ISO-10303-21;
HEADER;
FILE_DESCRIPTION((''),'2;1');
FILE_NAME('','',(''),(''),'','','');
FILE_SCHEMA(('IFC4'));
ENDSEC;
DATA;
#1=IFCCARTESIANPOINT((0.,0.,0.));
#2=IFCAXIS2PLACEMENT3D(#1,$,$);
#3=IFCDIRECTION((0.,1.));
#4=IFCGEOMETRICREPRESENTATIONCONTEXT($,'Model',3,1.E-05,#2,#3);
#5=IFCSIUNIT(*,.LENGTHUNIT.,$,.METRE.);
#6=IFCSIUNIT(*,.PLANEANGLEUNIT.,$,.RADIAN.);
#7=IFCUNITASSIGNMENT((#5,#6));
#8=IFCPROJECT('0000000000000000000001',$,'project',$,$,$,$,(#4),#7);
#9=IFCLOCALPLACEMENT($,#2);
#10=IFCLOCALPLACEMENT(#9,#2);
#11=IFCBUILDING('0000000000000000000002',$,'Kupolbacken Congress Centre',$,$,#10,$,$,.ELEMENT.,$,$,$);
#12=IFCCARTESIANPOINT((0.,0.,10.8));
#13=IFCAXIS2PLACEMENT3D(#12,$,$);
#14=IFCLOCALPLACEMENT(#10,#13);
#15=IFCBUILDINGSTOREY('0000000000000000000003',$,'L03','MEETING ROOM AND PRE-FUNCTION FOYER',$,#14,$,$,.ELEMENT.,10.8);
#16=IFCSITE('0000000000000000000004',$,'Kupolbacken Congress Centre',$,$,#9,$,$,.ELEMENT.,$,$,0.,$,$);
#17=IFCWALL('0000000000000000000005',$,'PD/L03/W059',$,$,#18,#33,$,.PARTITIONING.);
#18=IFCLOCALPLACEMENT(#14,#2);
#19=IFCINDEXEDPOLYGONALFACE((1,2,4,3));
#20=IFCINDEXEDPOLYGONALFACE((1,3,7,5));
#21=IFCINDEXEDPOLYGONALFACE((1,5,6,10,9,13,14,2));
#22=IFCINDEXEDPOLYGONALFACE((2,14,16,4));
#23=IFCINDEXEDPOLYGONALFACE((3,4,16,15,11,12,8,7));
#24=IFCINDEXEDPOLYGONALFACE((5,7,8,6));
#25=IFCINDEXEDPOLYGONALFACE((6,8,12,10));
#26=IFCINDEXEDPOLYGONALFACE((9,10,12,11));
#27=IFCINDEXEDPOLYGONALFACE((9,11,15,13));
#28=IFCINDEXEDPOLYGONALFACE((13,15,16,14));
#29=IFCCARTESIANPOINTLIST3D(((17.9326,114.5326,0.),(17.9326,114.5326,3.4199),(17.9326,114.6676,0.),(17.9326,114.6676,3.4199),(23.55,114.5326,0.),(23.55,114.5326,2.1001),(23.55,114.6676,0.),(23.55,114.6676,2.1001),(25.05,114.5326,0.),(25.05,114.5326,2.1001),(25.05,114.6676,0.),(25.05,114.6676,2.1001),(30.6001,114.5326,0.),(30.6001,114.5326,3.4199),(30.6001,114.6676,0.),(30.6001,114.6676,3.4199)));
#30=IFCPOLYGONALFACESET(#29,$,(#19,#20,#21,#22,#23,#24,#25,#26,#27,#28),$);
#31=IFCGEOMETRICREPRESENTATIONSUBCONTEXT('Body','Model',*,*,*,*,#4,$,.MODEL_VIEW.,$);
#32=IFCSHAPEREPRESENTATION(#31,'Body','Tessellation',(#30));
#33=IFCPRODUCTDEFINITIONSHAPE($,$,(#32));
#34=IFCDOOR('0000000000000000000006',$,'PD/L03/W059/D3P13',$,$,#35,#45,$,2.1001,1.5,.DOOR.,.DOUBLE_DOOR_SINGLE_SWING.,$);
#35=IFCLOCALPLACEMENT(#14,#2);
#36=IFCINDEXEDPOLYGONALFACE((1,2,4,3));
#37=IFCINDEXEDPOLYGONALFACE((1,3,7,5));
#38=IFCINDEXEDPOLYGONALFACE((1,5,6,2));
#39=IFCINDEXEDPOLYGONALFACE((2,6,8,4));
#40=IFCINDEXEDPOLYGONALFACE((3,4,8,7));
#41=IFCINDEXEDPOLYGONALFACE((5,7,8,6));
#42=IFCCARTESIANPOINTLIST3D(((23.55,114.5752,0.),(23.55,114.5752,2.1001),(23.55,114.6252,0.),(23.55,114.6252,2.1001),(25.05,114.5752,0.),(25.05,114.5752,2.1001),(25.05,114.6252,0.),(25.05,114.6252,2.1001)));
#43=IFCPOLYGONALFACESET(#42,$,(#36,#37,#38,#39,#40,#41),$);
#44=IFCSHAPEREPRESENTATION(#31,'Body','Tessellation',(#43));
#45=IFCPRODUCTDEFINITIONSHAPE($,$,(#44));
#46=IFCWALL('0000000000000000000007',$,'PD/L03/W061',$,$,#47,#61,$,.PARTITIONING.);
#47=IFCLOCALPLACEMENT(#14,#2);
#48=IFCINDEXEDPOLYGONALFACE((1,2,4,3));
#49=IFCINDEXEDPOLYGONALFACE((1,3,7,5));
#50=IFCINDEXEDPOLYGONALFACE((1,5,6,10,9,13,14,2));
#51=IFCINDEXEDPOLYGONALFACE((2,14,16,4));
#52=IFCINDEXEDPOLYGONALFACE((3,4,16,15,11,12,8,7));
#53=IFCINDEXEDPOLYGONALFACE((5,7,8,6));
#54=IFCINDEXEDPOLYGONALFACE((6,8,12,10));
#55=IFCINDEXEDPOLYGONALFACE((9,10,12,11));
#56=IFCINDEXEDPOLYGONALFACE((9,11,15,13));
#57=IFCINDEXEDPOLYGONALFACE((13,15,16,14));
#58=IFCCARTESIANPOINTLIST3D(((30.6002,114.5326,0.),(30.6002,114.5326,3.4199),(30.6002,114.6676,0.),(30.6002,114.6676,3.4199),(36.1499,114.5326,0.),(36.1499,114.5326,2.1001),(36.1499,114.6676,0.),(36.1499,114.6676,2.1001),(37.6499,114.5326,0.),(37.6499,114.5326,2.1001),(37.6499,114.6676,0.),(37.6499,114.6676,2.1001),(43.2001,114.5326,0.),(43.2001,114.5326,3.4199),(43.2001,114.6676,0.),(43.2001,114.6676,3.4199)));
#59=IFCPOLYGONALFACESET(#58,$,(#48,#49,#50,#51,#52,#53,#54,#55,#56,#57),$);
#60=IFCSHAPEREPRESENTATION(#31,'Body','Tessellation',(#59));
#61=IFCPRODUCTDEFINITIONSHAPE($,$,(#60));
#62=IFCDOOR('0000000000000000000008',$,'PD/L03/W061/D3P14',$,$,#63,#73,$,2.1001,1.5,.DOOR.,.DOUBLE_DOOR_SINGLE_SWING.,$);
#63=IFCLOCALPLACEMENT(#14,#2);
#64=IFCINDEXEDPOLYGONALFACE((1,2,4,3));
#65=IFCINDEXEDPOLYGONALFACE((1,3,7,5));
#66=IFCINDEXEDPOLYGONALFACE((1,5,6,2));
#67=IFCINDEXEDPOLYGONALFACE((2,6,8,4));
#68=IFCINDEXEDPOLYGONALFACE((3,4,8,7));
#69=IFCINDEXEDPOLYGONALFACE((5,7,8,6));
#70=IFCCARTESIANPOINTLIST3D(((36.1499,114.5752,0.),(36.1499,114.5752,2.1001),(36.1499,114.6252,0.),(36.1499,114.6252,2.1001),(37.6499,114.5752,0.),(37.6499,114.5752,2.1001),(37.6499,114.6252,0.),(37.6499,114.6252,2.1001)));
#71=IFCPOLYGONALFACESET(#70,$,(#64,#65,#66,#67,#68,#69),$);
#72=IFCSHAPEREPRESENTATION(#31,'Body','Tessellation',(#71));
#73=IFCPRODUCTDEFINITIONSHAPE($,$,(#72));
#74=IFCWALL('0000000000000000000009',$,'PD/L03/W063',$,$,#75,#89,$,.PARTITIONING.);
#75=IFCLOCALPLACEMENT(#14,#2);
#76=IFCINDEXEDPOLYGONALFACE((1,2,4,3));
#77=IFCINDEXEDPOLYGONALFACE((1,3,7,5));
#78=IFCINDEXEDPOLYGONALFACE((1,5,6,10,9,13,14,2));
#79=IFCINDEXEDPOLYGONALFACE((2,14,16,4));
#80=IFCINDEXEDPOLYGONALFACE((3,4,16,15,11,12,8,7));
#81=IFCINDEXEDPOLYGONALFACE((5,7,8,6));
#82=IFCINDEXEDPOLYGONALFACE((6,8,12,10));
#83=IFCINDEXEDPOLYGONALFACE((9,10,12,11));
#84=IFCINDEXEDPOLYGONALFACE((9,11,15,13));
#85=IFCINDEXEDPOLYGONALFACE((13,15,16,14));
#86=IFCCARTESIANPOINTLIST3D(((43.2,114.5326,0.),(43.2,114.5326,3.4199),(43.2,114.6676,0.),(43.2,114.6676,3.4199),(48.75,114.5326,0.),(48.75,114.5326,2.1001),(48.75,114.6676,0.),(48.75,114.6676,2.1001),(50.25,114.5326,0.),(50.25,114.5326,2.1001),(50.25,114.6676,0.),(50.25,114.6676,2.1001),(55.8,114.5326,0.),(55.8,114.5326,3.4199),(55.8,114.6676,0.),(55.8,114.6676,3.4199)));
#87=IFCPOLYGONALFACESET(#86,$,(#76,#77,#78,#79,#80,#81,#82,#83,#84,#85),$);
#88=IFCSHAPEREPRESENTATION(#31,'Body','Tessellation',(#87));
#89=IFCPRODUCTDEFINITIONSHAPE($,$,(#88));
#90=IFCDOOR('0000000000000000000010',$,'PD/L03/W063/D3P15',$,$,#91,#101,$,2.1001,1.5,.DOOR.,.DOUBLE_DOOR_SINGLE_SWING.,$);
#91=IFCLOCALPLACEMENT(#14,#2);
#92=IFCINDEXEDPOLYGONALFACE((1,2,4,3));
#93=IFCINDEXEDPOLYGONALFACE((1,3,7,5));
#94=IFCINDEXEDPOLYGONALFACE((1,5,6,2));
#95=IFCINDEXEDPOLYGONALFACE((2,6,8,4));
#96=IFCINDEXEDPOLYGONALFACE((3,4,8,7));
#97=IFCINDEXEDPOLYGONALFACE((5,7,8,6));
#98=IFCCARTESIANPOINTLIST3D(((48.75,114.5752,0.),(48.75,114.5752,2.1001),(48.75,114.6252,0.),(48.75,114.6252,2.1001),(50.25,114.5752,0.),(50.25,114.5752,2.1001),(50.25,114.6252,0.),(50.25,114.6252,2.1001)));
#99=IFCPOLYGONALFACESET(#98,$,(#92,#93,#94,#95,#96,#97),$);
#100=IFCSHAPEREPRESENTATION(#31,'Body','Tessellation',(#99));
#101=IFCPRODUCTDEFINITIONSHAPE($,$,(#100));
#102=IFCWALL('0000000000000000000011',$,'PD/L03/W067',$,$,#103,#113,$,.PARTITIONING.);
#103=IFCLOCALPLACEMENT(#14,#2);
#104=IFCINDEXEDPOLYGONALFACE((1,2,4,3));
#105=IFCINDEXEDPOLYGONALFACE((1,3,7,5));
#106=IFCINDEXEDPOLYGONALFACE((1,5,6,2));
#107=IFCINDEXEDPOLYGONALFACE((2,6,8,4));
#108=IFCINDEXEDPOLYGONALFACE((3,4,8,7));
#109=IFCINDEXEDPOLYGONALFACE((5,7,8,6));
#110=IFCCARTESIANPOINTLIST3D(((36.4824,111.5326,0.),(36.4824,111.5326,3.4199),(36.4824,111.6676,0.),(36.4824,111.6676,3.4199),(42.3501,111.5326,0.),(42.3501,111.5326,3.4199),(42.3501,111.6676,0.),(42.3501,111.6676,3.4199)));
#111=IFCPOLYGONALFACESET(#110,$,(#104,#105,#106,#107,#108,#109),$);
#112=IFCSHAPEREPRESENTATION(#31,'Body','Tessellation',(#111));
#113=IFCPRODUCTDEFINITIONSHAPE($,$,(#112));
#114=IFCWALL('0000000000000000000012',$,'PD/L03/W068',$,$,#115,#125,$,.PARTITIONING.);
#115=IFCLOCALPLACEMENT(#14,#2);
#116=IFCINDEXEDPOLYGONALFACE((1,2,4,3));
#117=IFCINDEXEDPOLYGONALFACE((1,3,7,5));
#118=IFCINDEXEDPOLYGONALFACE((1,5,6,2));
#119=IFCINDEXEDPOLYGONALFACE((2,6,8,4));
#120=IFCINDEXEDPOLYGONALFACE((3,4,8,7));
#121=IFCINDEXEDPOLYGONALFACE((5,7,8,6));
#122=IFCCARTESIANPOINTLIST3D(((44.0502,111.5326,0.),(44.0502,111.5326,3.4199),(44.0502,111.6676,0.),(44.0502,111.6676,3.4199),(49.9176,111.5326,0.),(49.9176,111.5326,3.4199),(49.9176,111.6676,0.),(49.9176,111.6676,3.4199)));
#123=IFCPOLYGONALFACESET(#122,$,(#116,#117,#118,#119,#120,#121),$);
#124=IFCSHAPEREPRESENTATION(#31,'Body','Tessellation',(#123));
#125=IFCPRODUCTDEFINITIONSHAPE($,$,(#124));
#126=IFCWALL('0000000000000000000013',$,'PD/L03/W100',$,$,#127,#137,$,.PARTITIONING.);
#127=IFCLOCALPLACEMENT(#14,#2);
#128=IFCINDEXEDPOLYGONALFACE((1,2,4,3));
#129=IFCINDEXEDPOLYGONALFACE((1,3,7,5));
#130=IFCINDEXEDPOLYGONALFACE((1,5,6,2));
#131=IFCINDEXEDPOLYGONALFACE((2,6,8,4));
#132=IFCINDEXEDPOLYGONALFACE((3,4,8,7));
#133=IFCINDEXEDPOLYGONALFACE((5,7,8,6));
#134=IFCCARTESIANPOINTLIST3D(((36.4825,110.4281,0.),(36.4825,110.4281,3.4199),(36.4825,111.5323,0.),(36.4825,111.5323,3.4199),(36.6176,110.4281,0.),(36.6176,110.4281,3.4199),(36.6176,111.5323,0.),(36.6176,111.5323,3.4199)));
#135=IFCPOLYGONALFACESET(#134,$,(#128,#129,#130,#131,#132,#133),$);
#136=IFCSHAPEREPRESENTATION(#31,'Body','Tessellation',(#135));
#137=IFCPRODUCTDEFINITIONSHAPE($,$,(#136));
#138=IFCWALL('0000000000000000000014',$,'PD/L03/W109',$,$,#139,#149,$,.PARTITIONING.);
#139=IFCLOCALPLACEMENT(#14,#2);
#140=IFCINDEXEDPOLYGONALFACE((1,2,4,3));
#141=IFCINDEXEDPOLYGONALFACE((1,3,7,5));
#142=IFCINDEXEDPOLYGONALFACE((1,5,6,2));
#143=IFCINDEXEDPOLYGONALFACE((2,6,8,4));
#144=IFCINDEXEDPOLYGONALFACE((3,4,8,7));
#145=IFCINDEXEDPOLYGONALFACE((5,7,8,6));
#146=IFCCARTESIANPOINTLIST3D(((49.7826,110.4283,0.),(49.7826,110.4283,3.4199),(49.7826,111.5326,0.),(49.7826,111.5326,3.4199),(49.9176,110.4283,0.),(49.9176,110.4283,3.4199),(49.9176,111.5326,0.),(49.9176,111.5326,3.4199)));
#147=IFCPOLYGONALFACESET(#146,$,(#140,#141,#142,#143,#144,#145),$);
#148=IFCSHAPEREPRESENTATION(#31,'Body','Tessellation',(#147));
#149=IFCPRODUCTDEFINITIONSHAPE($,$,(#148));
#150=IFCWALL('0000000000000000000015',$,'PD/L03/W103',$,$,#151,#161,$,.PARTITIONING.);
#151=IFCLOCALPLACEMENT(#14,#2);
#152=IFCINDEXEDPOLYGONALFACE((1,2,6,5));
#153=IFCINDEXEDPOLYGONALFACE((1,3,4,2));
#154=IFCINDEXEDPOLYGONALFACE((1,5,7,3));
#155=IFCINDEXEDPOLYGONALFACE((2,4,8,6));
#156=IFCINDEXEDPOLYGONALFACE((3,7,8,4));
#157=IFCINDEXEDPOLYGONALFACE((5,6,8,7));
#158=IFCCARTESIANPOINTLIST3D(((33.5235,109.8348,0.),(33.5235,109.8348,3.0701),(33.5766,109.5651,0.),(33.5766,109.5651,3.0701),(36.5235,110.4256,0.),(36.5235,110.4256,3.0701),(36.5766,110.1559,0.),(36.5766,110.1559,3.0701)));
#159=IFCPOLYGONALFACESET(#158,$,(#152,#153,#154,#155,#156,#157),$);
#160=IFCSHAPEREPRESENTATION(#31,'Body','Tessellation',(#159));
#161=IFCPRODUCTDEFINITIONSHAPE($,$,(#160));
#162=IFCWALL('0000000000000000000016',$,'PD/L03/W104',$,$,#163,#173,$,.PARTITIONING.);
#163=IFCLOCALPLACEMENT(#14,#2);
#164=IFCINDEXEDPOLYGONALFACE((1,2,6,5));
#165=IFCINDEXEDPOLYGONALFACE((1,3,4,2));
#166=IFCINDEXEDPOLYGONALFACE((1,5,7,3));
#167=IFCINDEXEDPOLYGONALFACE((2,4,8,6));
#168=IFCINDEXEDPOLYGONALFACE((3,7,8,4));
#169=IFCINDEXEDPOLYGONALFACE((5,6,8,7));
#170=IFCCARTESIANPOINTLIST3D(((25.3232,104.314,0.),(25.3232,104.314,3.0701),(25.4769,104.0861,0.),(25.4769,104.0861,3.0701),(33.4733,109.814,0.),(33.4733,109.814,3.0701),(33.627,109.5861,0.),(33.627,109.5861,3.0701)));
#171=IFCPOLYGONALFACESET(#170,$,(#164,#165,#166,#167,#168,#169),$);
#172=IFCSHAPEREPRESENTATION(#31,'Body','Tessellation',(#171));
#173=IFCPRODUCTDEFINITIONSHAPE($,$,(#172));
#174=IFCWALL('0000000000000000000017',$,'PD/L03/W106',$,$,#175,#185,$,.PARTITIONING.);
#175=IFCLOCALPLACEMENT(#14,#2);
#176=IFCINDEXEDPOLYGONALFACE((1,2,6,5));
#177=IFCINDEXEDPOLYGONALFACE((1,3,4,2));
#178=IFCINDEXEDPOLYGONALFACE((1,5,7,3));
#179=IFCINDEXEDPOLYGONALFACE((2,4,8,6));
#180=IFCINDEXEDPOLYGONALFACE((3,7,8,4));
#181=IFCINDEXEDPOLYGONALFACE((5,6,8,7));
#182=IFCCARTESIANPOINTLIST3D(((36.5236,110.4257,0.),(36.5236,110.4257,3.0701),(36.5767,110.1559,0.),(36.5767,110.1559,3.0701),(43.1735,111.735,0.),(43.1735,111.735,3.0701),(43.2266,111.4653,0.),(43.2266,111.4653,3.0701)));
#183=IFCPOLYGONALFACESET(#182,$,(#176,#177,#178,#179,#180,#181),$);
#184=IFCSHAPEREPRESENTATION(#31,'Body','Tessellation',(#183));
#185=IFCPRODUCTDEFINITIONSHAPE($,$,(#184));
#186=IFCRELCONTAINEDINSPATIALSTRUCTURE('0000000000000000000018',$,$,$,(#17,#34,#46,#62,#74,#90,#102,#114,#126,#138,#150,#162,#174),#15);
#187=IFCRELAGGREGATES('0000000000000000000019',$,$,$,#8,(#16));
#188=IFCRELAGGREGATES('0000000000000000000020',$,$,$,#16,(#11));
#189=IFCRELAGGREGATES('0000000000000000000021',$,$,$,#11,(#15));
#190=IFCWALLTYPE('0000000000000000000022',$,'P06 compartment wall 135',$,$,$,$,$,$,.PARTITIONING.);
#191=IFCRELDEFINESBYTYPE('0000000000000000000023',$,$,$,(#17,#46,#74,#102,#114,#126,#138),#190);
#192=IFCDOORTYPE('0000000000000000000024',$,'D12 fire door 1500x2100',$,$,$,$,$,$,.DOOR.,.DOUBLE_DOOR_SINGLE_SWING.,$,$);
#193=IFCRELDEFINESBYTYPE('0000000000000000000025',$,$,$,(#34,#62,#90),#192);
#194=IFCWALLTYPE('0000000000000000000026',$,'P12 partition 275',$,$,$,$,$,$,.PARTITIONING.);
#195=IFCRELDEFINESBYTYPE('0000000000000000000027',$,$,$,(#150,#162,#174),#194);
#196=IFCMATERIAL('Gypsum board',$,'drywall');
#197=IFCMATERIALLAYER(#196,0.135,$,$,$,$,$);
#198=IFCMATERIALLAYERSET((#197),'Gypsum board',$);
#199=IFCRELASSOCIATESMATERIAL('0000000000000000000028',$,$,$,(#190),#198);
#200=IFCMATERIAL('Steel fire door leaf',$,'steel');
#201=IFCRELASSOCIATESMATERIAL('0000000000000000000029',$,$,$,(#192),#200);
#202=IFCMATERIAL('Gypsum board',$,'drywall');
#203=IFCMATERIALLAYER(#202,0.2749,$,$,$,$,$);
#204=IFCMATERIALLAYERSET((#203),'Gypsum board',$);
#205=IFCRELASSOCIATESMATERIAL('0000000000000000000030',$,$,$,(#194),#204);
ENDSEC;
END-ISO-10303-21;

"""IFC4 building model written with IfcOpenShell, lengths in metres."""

from ifc_helpers import new_model, si_unit, direction, frame, frame_2d, origin, place, context, subcontext, project, spatial, rectangle, extrude, material, layer, layer_set, type_object, element, fill, save


model = new_model("IFC4")

# Units and contexts
model_context = context("Model", 3, precision=1e-05, world=origin(), true_north=direction((0.0, 1.0)))
body_context = subcontext(model_context, "Body", "Model", "MODEL_VIEW")
ifc_project = project(units=[si_unit("LENGTHUNIT", "METRE"), si_unit("PLANEANGLEUNIT", "RADIAN")], contexts=[model_context])

# Site, building, storey
site_placement = place(None, origin())
site = spatial("IfcSite", under=ifc_project, at=site_placement, Name="Kupolbacken Congress Centre", CompositionType="ELEMENT", RefElevation=0.0)
building_placement = place(site_placement, origin())
building = spatial("IfcBuilding", under=site, at=building_placement, Name="Kupolbacken Congress Centre", CompositionType="ELEMENT")
storey_placement = place(building_placement, frame((0.0, 0.0, 10.8)))
storey = spatial("IfcBuildingStorey", under=building, at=storey_placement, Name="L03", Description="MEETING ROOM AND PRE-FUNCTION FOYER", CompositionType="ELEMENT", Elevation=10.8)

# Walls, openings, doors
ifc_material_1 = material(Name="Gypsum board", Category="drywall")
ifc_layer_1 = layer(ifc_material_1, 0.135)
ifc_layer_set_1 = layer_set([ifc_layer_1], Name="Gypsum board")
wall_type_1 = type_object("IfcWallType", Name="P06 compartment wall 135", PredefinedType="PARTITIONING", material=ifc_layer_set_1)
wall_1_placement = place(storey_placement, frame((30.6001, 114.6001, 0.0), z_axis=(0.0, 0.0, 1.0), x_axis=(-1.0, 0.0, 0.0)))
wall_1 = element("IfcWall", 1, at=wall_1_placement, inside=storey, type_object=wall_type_1, Name="PD/L03/W059", PredefinedType="PARTITIONING", context=body_context, shape_type="SweptSolid", body=[
    extrude(rectangle(XDim=12.6675, YDim=0.135, at=frame_2d((6.3337, 0.0))), origin(), (0.0, 0.0, 1.0), 3.4199),
])
opening_1_placement = place(wall_1_placement, frame((5.55, 0.0, 0.0)))
opening_1 = element("IfcOpeningElement", 2, at=opening_1_placement, cuts=wall_1, PredefinedType="OPENING", context=body_context, shape_type="SweptSolid", body=[
    extrude(rectangle(XDim=1.5, YDim=2.1001, at=frame_2d((0.75, 1.05))), frame((0.0, 0.0774, 0.0), z_axis=(0.0, -1.0, 0.0), x_axis=(1.0, 0.0, 0.0)), (0.0, 0.0, 1.0), 0.155),
])
ifc_material_2 = material(Name="Steel fire door leaf", Category="steel")
door_type = type_object("IfcDoorType", Name="D12 fire door 1500x2100", OperationType="DOUBLE_DOOR_SINGLE_SWING", PredefinedType="DOOR", material=ifc_material_2)
door_1_placement = place(opening_1_placement, origin())
door_1 = element("IfcDoor", 3, at=door_1_placement, inside=storey, type_object=door_type, Name="PD/L03/W059/D3P13", OperationType="DOUBLE_DOOR_SINGLE_SWING", OverallHeight=2.1001, OverallWidth=1.5, PredefinedType="DOOR", context=body_context, shape_type="SweptSolid", body=[
    extrude(rectangle(XDim=1.5, YDim=2.1001, at=frame_2d((0.75, 1.05))), frame((0.0, 0.0249, 0.0), z_axis=(0.0, -1.0, 0.0), x_axis=(1.0, 0.0, 0.0)), (0.0, 0.0, 1.0), 0.05),
])
fill(opening_1, door_1)
wall_2_placement = place(storey_placement, frame((43.2, 114.6001, 0.0), z_axis=(0.0, 0.0, 1.0), x_axis=(-1.0, 0.0, 0.0)))
wall_2 = element("IfcWall", 4, at=wall_2_placement, inside=storey, type_object=wall_type_1, Name="PD/L03/W061", PredefinedType="PARTITIONING", context=body_context, shape_type="SweptSolid", body=[
    extrude(rectangle(XDim=12.5999, YDim=0.135, at=frame_2d((6.2998, 0.0))), origin(), (0.0, 0.0, 1.0), 3.4199),
])
opening_2_placement = place(wall_2_placement, frame((5.55, 0.0, 0.0)))
opening_2 = element("IfcOpeningElement", 5, at=opening_2_placement, cuts=wall_2, PredefinedType="OPENING", context=body_context, shape_type="SweptSolid", body=[
    extrude(rectangle(XDim=1.5, YDim=2.1001, at=frame_2d((0.75, 1.05))), frame((0.0, 0.0774, 0.0), z_axis=(0.0, -1.0, 0.0), x_axis=(1.0, 0.0, 0.0)), (0.0, 0.0, 1.0), 0.155),
])
door_2_placement = place(opening_2_placement, origin())
door_2 = element("IfcDoor", 6, at=door_2_placement, inside=storey, type_object=door_type, Name="PD/L03/W061/D3P14", OperationType="DOUBLE_DOOR_SINGLE_SWING", OverallHeight=2.1001, OverallWidth=1.5, PredefinedType="DOOR", context=body_context, shape_type="SweptSolid", body=[
    extrude(rectangle(XDim=1.5, YDim=2.1001, at=frame_2d((0.75, 1.05))), frame((0.0, 0.0249, 0.0), z_axis=(0.0, -1.0, 0.0), x_axis=(1.0, 0.0, 0.0)), (0.0, 0.0, 1.0), 0.05),
])
fill(opening_2, door_2)
wall_3_placement = place(storey_placement, frame((55.8, 114.6001, 0.0), z_axis=(0.0, 0.0, 1.0), x_axis=(-1.0, 0.0, 0.0)))
wall_3 = element("IfcWall", 7, at=wall_3_placement, inside=storey, type_object=wall_type_1, Name="PD/L03/W063", PredefinedType="PARTITIONING", context=body_context, shape_type="SweptSolid", body=[
    extrude(rectangle(XDim=12.6001, YDim=0.135, at=frame_2d((6.3, 0.0))), origin(), (0.0, 0.0, 1.0), 3.4199),
])
opening_3_placement = place(wall_3_placement, frame((5.55, 0.0, 0.0)))
opening_3 = element("IfcOpeningElement", 8, at=opening_3_placement, cuts=wall_3, PredefinedType="OPENING", context=body_context, shape_type="SweptSolid", body=[
    extrude(rectangle(XDim=1.5, YDim=2.1001, at=frame_2d((0.75, 1.05))), frame((0.0, 0.0774, 0.0), z_axis=(0.0, -1.0, 0.0), x_axis=(1.0, 0.0, 0.0)), (0.0, 0.0, 1.0), 0.155),
])
door_3_placement = place(opening_3_placement, origin())
door_3 = element("IfcDoor", 9, at=door_3_placement, inside=storey, type_object=door_type, Name="PD/L03/W063/D3P15", OperationType="DOUBLE_DOOR_SINGLE_SWING", OverallHeight=2.1001, OverallWidth=1.5, PredefinedType="DOOR", context=body_context, shape_type="SweptSolid", body=[
    extrude(rectangle(XDim=1.5, YDim=2.1001, at=frame_2d((0.75, 1.05))), frame((0.0, 0.0249, 0.0), z_axis=(0.0, -1.0, 0.0), x_axis=(1.0, 0.0, 0.0)), (0.0, 0.0, 1.0), 0.05),
])
fill(opening_3, door_3)

# Walls
wall_4_placement = place(storey_placement, frame((42.3501, 111.6001, 0.0), z_axis=(0.0, 0.0, 1.0), x_axis=(-1.0, 0.0, 0.0)))
element("IfcWall", 10, at=wall_4_placement, inside=storey, type_object=wall_type_1, Name="PD/L03/W067", PredefinedType="PARTITIONING", context=body_context, shape_type="SweptSolid", body=[
    extrude(rectangle(XDim=5.8677, YDim=0.135, at=frame_2d((2.9338, 0.0))), origin(), (0.0, 0.0, 1.0), 3.4199),
])
wall_5_placement = place(storey_placement, frame((49.9175, 111.6001, 0.0), z_axis=(0.0, 0.0, 1.0), x_axis=(-1.0, 0.0, 0.0)))
element("IfcWall", 11, at=wall_5_placement, inside=storey, type_object=wall_type_1, Name="PD/L03/W068", PredefinedType="PARTITIONING", context=body_context, shape_type="SweptSolid", body=[
    extrude(rectangle(XDim=5.8674, YDim=0.135, at=frame_2d((2.9336, 0.0))), origin(), (0.0, 0.0, 1.0), 3.4199),
])
for number, where, z_axis, x_axis, name in (
    (12, (36.55, 111.5325, 0.0), (0.0, 0.0, 1.0), (0.0, -1.0, 0.0), "PD/L03/W100"),
    (13, (49.8501, 110.4282, 0.0), (0.0, 0.0, 1.0), (0.0, 1.0, 0.0), "PD/L03/W109"),
):
    element("IfcWall", number, at=place(storey_placement, frame(where, z_axis=z_axis, x_axis=x_axis)), inside=storey, type_object=wall_type_1, Name=name, PredefinedType="PARTITIONING", context=body_context, shape_type="SweptSolid", body=[
        extrude(rectangle(XDim=1.1042, YDim=0.135, at=frame_2d((0.5522, 0.0))), origin(), (0.0, 0.0, 1.0), 3.4199),
    ])
ifc_material_3 = material(Name="Gypsum board", Category="drywall")
ifc_layer_2 = layer(ifc_material_3, 0.2749)
ifc_layer_set_2 = layer_set([ifc_layer_2], Name="Gypsum board")
wall_type_2 = type_object("IfcWallType", Name="P12 partition 275", PredefinedType="PARTITIONING", material=ifc_layer_set_2)
wall_6_placement = place(storey_placement, frame((36.55, 110.2908, 0.0), z_axis=(0.0, 0.0, 1.0), x_axis=(-0.981154, -0.193229, 0.0)))
element("IfcWall", 14, at=wall_6_placement, inside=storey, type_object=wall_type_2, Name="PD/L03/W103", PredefinedType="PARTITIONING", context=body_context, shape_type="SweptSolid", body=[
    extrude(rectangle(XDim=3.0576, YDim=0.2749, at=frame_2d((1.5288, 0.0))), origin(), (0.0, 0.0, 1.0), 3.0701),
])
wall_7_placement = place(storey_placement, frame((33.55, 109.7, 0.0), z_axis=(0.0, 0.0, 1.0), x_axis=(-0.828912, -0.559379, 0.0)))
element("IfcWall", 15, at=wall_7_placement, inside=storey, type_object=wall_type_2, Name="PD/L03/W104", PredefinedType="PARTITIONING", context=body_context, shape_type="SweptSolid", body=[
    extrude(rectangle(XDim=9.8323, YDim=0.2749, at=frame_2d((4.916, 0.0))), origin(), (0.0, 0.0, 1.0), 3.0701),
])
wall_8_placement = place(storey_placement, frame((43.2, 111.6001, 0.0), z_axis=(0.0, 0.0, 1.0), x_axis=(-0.981162, -0.193185, 0.0)))
element("IfcWall", 16, at=wall_8_placement, inside=storey, type_object=wall_type_2, Name="PD/L03/W106", PredefinedType="PARTITIONING", context=body_context, shape_type="SweptSolid", body=[
    extrude(rectangle(XDim=6.7776, YDim=0.2749, at=frame_2d((3.3887, 0.0))), origin(), (0.0, 0.0, 1.0), 3.0701),
])

save(model, "model.ifc")
